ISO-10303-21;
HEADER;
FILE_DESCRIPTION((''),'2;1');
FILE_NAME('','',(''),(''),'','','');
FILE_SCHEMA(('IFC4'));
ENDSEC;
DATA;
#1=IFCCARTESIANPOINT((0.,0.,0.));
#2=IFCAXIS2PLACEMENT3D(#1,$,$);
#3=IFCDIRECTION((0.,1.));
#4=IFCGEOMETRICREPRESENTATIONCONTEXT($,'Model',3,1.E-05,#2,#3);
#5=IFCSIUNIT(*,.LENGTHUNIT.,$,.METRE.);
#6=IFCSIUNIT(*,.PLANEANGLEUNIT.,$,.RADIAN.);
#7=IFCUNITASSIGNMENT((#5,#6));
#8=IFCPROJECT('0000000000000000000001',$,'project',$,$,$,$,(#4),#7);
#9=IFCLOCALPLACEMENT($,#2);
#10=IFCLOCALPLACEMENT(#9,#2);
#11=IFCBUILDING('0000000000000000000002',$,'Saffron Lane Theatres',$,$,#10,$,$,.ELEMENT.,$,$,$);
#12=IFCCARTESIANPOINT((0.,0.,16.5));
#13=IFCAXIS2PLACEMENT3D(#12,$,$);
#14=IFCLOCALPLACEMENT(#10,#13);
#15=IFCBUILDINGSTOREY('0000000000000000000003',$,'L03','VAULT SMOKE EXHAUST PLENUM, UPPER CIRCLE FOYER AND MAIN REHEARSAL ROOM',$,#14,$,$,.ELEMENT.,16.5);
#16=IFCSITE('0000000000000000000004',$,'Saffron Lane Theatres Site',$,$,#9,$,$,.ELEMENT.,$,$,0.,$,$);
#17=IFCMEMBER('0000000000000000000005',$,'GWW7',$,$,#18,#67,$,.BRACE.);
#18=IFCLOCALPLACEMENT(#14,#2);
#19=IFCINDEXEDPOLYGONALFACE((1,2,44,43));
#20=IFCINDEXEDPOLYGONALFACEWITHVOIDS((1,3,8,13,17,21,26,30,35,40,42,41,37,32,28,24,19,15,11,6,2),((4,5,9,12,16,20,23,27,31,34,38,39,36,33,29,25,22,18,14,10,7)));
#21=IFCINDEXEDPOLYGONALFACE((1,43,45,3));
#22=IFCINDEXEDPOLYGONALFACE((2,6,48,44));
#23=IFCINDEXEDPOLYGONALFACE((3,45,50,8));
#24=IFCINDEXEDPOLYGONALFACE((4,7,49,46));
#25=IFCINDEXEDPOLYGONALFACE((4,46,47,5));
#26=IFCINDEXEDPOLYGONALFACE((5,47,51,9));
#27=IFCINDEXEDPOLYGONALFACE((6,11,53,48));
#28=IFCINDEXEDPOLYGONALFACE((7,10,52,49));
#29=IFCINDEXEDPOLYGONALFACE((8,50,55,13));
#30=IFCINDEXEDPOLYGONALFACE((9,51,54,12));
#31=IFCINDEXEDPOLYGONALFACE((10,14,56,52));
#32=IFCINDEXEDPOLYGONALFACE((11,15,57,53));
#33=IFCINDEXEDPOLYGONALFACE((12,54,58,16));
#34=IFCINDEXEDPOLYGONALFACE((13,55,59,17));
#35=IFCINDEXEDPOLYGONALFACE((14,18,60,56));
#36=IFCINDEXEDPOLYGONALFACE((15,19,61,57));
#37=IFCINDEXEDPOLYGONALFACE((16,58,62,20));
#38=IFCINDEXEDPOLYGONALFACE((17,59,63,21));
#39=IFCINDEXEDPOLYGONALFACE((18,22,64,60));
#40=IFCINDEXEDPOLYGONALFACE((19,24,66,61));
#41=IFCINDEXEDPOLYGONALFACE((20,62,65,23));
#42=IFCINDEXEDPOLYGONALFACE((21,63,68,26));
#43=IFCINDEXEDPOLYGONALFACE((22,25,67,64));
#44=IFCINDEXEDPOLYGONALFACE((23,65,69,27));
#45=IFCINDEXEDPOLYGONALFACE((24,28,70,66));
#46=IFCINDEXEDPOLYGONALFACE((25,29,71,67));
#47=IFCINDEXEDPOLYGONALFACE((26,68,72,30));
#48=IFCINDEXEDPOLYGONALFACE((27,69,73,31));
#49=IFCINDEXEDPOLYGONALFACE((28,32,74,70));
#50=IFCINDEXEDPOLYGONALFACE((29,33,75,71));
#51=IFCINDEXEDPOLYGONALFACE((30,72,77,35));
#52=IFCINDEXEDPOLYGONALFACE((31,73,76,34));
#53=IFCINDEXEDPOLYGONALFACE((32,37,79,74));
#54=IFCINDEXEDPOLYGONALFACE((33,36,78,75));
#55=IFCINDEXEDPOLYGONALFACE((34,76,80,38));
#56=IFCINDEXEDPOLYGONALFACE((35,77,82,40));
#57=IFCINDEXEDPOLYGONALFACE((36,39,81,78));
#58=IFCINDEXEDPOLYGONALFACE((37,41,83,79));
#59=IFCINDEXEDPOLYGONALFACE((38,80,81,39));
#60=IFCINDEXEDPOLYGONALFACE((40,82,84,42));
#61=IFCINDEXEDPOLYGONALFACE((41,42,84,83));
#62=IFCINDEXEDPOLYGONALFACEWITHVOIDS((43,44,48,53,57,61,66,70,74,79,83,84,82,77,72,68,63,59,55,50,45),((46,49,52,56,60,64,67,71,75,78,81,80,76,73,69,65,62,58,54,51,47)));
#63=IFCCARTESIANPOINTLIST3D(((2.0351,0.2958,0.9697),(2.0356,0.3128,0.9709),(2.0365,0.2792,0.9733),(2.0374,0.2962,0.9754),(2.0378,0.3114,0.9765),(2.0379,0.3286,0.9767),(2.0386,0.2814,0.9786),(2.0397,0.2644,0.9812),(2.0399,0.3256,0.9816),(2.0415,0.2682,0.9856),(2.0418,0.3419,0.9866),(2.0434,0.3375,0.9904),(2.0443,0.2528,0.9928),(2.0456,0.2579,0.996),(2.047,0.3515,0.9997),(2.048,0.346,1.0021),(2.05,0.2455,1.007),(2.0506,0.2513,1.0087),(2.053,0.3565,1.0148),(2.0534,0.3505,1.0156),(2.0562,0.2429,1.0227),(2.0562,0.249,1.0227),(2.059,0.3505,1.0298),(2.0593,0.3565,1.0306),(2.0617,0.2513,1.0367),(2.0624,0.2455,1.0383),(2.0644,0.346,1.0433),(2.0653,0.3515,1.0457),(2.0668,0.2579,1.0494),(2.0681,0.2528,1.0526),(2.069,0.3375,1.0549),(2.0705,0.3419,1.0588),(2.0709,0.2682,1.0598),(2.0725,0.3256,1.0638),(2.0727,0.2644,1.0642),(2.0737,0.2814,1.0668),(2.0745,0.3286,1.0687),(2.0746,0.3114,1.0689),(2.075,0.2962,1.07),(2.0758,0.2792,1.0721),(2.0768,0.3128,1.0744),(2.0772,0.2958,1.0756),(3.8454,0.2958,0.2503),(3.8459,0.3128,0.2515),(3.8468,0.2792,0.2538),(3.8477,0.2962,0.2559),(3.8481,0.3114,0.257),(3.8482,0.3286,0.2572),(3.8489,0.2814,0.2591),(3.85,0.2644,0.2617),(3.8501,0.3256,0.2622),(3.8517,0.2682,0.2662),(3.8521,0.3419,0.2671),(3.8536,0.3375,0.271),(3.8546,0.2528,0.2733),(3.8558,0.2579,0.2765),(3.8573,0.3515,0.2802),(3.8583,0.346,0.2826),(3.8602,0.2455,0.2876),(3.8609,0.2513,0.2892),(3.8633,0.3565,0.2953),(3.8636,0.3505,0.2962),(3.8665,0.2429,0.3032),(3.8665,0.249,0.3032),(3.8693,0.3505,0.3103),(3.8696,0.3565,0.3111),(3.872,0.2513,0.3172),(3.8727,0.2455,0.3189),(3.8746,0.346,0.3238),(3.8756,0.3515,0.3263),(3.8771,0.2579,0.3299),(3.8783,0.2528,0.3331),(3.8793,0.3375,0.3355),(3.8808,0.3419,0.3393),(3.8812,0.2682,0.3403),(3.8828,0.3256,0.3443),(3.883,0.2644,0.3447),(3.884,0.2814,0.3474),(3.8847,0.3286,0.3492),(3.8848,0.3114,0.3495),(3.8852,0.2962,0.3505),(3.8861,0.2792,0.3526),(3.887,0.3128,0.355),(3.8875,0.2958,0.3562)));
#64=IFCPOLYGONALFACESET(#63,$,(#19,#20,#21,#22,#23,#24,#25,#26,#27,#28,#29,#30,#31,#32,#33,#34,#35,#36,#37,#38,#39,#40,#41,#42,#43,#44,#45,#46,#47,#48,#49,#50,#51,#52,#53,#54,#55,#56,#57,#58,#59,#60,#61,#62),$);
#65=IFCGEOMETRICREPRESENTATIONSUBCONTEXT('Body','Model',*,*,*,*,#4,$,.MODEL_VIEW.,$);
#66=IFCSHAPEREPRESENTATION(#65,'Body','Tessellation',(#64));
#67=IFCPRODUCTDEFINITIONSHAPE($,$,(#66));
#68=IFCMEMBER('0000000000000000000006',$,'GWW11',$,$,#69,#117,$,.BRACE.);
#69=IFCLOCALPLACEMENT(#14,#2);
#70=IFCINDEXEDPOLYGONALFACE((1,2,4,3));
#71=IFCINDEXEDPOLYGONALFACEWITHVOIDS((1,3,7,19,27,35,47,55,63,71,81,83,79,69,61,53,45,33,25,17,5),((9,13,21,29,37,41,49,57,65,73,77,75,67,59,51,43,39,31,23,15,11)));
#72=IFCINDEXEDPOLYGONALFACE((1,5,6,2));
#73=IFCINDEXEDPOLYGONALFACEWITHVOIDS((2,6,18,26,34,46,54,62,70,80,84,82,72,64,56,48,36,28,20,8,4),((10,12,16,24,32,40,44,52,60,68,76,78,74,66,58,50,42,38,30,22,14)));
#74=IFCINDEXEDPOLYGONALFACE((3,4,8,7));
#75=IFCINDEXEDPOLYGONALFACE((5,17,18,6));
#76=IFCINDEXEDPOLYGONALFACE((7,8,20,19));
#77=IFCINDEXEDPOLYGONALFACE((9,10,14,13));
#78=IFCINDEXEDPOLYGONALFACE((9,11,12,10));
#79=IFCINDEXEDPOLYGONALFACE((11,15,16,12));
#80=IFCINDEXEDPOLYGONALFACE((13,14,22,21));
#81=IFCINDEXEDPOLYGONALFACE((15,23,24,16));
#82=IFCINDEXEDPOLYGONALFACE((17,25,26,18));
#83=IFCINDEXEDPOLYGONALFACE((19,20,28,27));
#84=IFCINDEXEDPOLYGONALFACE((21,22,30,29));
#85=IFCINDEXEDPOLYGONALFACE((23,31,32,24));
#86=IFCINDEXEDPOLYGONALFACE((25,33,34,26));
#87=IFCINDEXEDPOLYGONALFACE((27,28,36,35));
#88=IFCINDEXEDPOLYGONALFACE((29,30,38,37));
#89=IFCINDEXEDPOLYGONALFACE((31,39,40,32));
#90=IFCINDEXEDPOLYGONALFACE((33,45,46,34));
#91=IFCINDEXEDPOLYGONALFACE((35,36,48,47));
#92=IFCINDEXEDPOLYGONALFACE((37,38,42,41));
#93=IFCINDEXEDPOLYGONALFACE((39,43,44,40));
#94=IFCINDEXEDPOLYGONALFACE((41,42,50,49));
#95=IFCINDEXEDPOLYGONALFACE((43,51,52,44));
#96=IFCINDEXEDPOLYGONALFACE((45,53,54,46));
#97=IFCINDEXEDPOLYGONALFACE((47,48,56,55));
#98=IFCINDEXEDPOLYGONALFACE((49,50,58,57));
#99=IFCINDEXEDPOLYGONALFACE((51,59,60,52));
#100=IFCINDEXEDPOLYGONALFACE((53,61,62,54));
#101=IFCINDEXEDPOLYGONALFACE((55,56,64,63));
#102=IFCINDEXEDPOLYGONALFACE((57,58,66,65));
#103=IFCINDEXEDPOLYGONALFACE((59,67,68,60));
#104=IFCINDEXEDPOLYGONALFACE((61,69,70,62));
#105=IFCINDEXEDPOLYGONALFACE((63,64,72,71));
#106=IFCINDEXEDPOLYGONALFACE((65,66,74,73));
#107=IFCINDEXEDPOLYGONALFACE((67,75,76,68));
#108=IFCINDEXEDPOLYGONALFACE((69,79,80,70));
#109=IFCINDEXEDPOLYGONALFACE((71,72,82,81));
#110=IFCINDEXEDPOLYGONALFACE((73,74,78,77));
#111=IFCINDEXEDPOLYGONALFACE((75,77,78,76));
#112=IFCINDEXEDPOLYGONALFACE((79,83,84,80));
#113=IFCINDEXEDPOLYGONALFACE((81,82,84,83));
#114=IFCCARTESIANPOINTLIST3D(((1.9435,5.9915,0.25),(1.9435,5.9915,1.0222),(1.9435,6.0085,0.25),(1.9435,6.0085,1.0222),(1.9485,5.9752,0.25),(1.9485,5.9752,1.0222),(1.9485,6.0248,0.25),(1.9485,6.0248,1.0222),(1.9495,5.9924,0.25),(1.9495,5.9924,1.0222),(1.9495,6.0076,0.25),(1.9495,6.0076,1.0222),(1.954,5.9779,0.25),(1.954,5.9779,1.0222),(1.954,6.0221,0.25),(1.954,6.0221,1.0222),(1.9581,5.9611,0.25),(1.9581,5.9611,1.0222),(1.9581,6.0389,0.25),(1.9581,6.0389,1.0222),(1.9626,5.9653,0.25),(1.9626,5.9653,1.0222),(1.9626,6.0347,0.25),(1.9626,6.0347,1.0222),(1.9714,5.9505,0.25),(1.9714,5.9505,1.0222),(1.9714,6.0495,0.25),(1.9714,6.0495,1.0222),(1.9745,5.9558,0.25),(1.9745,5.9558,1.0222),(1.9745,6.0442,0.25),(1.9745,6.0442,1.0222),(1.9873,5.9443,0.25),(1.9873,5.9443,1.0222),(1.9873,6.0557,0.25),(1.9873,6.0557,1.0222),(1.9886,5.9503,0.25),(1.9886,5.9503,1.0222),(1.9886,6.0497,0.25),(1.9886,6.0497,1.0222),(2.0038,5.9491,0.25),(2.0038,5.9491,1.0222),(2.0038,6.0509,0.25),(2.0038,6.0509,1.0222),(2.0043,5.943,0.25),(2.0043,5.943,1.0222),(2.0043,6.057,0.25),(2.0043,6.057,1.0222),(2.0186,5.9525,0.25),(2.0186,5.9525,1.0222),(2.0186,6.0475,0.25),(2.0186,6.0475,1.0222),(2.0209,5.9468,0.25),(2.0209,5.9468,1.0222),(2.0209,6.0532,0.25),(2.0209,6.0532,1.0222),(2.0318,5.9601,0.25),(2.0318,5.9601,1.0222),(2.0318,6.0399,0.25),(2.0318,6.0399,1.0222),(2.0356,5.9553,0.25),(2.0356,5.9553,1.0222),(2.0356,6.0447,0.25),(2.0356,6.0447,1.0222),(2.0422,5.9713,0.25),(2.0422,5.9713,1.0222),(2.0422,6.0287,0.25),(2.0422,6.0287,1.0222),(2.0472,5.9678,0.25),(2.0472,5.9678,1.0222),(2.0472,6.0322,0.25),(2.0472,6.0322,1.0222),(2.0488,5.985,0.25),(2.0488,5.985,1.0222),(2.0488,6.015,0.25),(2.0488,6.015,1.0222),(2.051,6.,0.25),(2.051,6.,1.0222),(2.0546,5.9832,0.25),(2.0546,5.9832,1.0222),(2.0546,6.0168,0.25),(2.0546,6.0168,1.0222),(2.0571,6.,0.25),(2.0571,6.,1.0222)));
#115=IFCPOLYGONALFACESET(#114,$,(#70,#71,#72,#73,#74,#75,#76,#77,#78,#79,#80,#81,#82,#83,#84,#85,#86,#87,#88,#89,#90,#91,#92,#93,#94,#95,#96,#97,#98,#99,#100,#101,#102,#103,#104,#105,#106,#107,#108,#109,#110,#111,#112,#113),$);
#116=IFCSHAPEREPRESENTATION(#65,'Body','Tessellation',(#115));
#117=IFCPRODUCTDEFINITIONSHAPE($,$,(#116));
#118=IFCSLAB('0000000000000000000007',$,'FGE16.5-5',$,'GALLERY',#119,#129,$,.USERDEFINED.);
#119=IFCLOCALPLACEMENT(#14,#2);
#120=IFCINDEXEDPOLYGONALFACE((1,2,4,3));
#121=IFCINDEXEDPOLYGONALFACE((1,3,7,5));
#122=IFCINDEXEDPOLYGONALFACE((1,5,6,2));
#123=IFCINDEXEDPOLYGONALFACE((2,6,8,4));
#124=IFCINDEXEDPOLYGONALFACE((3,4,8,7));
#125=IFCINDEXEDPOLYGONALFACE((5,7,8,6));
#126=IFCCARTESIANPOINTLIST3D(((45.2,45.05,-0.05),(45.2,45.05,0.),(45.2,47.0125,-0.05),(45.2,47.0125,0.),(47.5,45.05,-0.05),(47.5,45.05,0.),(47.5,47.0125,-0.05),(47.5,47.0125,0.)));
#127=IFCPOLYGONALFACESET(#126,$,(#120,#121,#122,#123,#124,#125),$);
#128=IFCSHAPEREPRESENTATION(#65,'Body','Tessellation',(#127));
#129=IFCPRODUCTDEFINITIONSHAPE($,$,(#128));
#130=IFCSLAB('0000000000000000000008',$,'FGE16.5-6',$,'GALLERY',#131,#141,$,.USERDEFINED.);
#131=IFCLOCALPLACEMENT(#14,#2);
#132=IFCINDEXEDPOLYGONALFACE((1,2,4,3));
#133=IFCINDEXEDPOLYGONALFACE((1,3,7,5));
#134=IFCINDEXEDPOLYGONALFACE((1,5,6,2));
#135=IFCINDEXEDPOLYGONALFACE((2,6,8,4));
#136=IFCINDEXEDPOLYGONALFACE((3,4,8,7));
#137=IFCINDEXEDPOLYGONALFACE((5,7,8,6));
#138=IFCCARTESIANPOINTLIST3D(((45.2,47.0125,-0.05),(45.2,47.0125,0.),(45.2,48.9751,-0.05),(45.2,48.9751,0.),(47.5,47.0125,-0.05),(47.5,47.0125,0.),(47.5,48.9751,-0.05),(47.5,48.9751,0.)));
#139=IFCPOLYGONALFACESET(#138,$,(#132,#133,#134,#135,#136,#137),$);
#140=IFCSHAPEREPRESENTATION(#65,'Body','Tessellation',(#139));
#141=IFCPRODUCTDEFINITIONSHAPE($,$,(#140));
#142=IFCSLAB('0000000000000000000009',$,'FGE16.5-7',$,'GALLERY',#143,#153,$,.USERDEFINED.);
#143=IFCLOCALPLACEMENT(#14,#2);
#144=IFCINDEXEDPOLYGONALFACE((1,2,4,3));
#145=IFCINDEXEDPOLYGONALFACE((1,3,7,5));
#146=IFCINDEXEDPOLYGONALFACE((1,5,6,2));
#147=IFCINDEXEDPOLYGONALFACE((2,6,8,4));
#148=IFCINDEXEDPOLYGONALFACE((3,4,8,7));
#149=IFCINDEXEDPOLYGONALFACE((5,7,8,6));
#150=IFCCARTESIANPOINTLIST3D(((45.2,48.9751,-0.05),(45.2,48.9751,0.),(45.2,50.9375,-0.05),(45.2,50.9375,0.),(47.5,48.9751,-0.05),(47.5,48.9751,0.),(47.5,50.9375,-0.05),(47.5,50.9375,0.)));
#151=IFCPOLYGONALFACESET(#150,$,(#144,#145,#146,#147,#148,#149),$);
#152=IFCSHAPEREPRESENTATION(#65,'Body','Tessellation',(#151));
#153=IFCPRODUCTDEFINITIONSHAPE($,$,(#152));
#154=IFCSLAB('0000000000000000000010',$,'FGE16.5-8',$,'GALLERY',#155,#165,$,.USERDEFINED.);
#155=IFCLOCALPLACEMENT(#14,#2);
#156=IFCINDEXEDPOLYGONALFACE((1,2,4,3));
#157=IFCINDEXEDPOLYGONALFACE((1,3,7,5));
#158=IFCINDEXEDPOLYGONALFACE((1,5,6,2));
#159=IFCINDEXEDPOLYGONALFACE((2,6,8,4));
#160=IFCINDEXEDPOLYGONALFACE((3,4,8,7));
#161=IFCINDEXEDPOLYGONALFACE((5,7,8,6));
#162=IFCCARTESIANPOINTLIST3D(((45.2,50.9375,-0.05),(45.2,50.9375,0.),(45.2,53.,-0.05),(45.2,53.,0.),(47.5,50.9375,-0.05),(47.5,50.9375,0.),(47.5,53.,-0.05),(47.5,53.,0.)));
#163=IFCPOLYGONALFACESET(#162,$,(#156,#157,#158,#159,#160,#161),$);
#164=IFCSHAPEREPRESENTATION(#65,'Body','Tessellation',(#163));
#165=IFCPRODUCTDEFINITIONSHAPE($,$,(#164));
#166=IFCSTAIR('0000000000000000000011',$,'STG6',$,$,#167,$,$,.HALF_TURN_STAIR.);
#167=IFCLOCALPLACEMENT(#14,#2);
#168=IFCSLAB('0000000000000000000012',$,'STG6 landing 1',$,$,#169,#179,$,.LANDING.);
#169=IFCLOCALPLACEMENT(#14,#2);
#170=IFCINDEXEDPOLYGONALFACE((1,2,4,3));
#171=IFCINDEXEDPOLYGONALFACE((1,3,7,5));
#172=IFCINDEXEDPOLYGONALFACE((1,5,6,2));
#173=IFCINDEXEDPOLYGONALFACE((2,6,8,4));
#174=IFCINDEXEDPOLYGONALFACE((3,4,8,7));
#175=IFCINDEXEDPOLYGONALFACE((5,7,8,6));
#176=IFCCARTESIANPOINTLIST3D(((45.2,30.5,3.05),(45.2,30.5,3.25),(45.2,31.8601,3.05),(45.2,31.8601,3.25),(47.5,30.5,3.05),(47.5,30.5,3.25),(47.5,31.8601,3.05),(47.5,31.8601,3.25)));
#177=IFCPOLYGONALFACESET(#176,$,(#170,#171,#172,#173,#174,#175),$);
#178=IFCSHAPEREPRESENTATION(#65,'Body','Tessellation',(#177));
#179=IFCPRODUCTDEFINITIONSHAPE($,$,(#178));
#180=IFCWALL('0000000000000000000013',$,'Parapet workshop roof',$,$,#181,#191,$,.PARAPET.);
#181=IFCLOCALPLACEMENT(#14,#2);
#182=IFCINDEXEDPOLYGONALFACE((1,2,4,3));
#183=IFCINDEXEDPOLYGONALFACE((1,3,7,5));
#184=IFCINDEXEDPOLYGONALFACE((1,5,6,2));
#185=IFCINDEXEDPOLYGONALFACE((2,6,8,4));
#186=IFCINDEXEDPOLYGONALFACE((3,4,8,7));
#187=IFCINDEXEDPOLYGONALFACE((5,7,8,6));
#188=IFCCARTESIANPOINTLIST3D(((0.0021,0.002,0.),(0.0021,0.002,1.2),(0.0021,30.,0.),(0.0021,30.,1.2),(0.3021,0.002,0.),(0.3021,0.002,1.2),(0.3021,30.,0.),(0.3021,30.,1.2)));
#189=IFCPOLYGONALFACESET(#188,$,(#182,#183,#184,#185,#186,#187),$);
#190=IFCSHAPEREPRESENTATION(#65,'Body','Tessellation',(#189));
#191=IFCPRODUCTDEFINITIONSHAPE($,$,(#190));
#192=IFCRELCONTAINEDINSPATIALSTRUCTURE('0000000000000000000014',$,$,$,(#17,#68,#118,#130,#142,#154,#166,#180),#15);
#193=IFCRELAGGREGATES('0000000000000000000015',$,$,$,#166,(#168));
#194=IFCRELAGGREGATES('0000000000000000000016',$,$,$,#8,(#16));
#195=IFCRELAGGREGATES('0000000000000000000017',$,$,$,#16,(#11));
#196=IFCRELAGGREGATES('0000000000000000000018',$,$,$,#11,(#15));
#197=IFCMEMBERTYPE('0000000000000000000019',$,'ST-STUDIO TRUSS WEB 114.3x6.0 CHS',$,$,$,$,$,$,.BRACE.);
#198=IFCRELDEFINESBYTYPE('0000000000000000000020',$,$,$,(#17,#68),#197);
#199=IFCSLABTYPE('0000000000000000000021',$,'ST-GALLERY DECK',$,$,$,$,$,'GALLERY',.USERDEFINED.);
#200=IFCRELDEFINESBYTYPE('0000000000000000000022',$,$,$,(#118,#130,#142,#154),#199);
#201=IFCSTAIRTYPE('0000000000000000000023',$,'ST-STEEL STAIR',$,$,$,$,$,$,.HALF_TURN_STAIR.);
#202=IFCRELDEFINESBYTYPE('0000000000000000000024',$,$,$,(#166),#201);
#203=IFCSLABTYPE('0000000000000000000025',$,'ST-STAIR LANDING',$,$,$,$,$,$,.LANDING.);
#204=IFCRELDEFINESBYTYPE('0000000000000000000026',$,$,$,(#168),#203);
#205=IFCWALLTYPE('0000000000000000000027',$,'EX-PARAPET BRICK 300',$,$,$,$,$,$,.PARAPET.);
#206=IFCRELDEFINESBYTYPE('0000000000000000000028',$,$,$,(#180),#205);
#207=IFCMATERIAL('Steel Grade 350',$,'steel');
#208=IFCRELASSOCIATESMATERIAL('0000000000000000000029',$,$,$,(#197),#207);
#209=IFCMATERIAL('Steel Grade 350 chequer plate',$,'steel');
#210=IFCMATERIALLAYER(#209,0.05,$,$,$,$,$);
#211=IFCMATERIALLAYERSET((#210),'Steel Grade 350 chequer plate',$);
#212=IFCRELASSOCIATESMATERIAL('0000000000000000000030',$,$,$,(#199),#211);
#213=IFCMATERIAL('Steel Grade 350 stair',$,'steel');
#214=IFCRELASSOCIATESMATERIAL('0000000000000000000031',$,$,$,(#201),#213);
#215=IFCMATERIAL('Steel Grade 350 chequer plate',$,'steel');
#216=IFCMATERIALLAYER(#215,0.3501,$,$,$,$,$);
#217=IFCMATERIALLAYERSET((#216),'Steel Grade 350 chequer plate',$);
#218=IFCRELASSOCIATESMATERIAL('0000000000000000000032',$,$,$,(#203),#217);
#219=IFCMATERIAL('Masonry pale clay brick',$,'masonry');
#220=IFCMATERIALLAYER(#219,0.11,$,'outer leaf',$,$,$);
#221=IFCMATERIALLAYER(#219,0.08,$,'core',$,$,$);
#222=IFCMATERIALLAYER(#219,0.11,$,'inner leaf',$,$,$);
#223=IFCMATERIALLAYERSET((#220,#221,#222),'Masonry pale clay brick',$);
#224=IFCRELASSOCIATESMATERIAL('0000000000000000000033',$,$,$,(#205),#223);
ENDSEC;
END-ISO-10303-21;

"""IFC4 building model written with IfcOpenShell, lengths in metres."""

from ifc_helpers import new_model, si_unit, direction, frame, frame_2d, origin, origin_2d, place, context, subcontext, project, spatial, polyline, rectangle, hollow_circle, outline, extrude, material, layer, layer_set, material_profile, profile_set, type_object, element, aggregate, save


model = new_model("IFC4")

# Units and contexts
model_context = context("Model", 3, precision=1e-05, world=origin(), true_north=direction((0.0, 1.0)))
body_context = subcontext(model_context, "Body", "Model", "MODEL_VIEW")
ifc_project = project(units=[si_unit("LENGTHUNIT", "METRE"), si_unit("PLANEANGLEUNIT", "RADIAN")], contexts=[model_context])

# Site, building, storey
site_placement = place(None, origin())
site = spatial("IfcSite", under=ifc_project, at=site_placement, Name="Saffron Lane Theatres Site", CompositionType="ELEMENT", RefElevation=0.0)
building_placement = place(site_placement, origin())
building = spatial("IfcBuilding", under=site, at=building_placement, Name="Saffron Lane Theatres", CompositionType="ELEMENT")
storey_placement = place(building_placement, frame((0.0, 0.0, 16.5)))
storey = spatial("IfcBuildingStorey", under=building, at=storey_placement, Name="L03", Description="VAULT SMOKE EXHAUST PLENUM, UPPER CIRCLE FOYER AND MAIN REHEARSAL ROOM", CompositionType="ELEMENT", Elevation=16.5)

# Members
ifc_material_1 = material(Name="Steel Grade 350", Category="steel")
ifc_material_profile_1 = material_profile(ifc_material_1, hollow_circle(Radius=0.0571, WallThickness=0.0061, at=origin_2d()))
ifc_profile_set_1 = profile_set([ifc_material_profile_1], Name="Steel Grade 350")
member_type_1 = type_object("IfcMemberType", Name="ST-STUDIO TRUSS WEB 114.3x6.0 CHS", PredefinedType="BRACE", material=ifc_profile_set_1)
member_1_placement = place(storey_placement, frame((3.8665, 0.3, 0.3032), z_axis=(-0.929296, 0.0, 0.369337), x_axis=(0.0, -1.0, 0.0)))
element("IfcMember", 1, at=member_1_placement, inside=storey, type_object=member_type_1, Name="GWW7", PredefinedType="BRACE", context=body_context, shape_type="SweptSolid", body=[
    extrude(hollow_circle(Radius=0.0571, WallThickness=0.0061, at=origin_2d()), origin(), (0.0, 0.0, 1.0), 1.948),
])
member_2_placement = place(storey_placement, frame((2.0, 6.0, 0.25), z_axis=(0.0, 0.0, 1.0), x_axis=(1.0, 0.0, 0.0)))
element("IfcMember", 2, at=member_2_placement, inside=storey, type_object=member_type_1, Name="GWW11", PredefinedType="BRACE", context=body_context, shape_type="SweptSolid", body=[
    extrude(hollow_circle(Radius=0.0571, WallThickness=0.0061, at=origin_2d()), origin(), (0.0, 0.0, 1.0), 0.7722),
])

# Slabs
ifc_material_2 = material(Name="Steel Grade 350 chequer plate", Category="steel")
ifc_layer_1 = layer(ifc_material_2, 0.05)
ifc_layer_set_1 = layer_set([ifc_layer_1], Name="Steel Grade 350 chequer plate")
slab_type_1 = type_object("IfcSlabType", Name="ST-GALLERY DECK", ElementType="GALLERY", PredefinedType="USERDEFINED", material=ifc_layer_set_1)
slab_1_placement = place(storey_placement, frame((0.0, 0.0, -0.05)))
element("IfcSlab", 3, at=slab_1_placement, inside=storey, type_object=slab_type_1, Name="FGE16.5-5", ObjectType="GALLERY", PredefinedType="USERDEFINED", context=body_context, shape_type="SweptSolid", body=[
    extrude(outline(polyline([(45.2, 45.05), (47.5, 45.05), (47.5, 47.0125), (45.2, 47.0125), (45.2, 45.05)])), origin(), (0.0, 0.0, 1.0), 0.05),
])
slab_2_placement = place(storey_placement, frame((0.0, 0.0, -0.05)))
element("IfcSlab", 4, at=slab_2_placement, inside=storey, type_object=slab_type_1, Name="FGE16.5-6", ObjectType="GALLERY", PredefinedType="USERDEFINED", context=body_context, shape_type="SweptSolid", body=[
    extrude(outline(polyline([(45.2, 47.0125), (47.5, 47.0125), (47.5, 48.9751), (45.2, 48.9751), (45.2, 47.0125)])), origin(), (0.0, 0.0, 1.0), 0.05),
])
slab_3_placement = place(storey_placement, frame((0.0, 0.0, -0.05)))
element("IfcSlab", 5, at=slab_3_placement, inside=storey, type_object=slab_type_1, Name="FGE16.5-7", ObjectType="GALLERY", PredefinedType="USERDEFINED", context=body_context, shape_type="SweptSolid", body=[
    extrude(outline(polyline([(45.2, 48.9751), (47.5, 48.9751), (47.5, 50.9375), (45.2, 50.9375), (45.2, 48.9751)])), origin(), (0.0, 0.0, 1.0), 0.05),
])
slab_4_placement = place(storey_placement, frame((0.0, 0.0, -0.05)))
element("IfcSlab", 6, at=slab_4_placement, inside=storey, type_object=slab_type_1, Name="FGE16.5-8", ObjectType="GALLERY", PredefinedType="USERDEFINED", context=body_context, shape_type="SweptSolid", body=[
    extrude(outline(polyline([(45.2, 50.9375), (47.5, 50.9375), (47.5, 53.0), (45.2, 53.0), (45.2, 50.9375)])), origin(), (0.0, 0.0, 1.0), 0.05),
])

# Stair, slab
ifc_material_3 = material(Name="Steel Grade 350 stair", Category="steel")
stair_type = type_object("IfcStairType", Name="ST-STEEL STAIR", PredefinedType="HALF_TURN_STAIR", material=ifc_material_3)
stair_placement = place(storey_placement, origin())
stair = element("IfcStair", 7, at=stair_placement, inside=storey, type_object=stair_type, Name="STG6", PredefinedType="HALF_TURN_STAIR")
ifc_material_4 = material(Name="Steel Grade 350 chequer plate", Category="steel")
ifc_layer_2 = layer(ifc_material_4, 0.3501)
ifc_layer_set_2 = layer_set([ifc_layer_2], Name="Steel Grade 350 chequer plate")
slab_type_2 = type_object("IfcSlabType", Name="ST-STAIR LANDING", PredefinedType="LANDING", material=ifc_layer_set_2)
slab_5_placement = place(storey_placement, frame((0.0, 0.0, 3.05)))
slab_5 = element("IfcSlab", 8, at=slab_5_placement, type_object=slab_type_2, Name="STG6 landing 1", PredefinedType="LANDING", context=body_context, shape_type="SweptSolid", body=[
    extrude(outline(polyline([(45.2, 30.5), (47.5, 30.5), (47.5, 31.8601), (45.2, 31.8601), (45.2, 30.5)])), origin(), (0.0, 0.0, 1.0), 0.2),
])
aggregate(stair, [slab_5])

# Wall
ifc_material_5 = material(Name="Masonry pale clay brick", Category="masonry")
ifc_layer_3 = layer(ifc_material_5, 0.11, Name="outer leaf")
ifc_layer_4 = layer(ifc_material_5, 0.08, Name="core")
ifc_layer_5 = layer(ifc_material_5, 0.11, Name="inner leaf")
ifc_layer_set_3 = layer_set([ifc_layer_3, ifc_layer_4, ifc_layer_5], Name="Masonry pale clay brick")
wall_type = type_object("IfcWallType", Name="EX-PARAPET BRICK 300", PredefinedType="PARAPET", material=ifc_layer_set_3)
wall_1_placement = place(storey_placement, frame((0.1521, 0.002, 0.0), z_axis=(0.0, 0.0, 1.0), x_axis=(0.0, 1.0, 0.0)))
element("IfcWall", 9, at=wall_1_placement, inside=storey, type_object=wall_type, Name="Parapet workshop roof", PredefinedType="PARAPET", context=body_context, shape_type="SweptSolid", body=[
    extrude(rectangle(XDim=29.998, YDim=0.3, at=frame_2d((14.999, 0.0))), origin(), (0.0, 0.0, 1.0), 1.2),
])

save(model, "model.ifc")
